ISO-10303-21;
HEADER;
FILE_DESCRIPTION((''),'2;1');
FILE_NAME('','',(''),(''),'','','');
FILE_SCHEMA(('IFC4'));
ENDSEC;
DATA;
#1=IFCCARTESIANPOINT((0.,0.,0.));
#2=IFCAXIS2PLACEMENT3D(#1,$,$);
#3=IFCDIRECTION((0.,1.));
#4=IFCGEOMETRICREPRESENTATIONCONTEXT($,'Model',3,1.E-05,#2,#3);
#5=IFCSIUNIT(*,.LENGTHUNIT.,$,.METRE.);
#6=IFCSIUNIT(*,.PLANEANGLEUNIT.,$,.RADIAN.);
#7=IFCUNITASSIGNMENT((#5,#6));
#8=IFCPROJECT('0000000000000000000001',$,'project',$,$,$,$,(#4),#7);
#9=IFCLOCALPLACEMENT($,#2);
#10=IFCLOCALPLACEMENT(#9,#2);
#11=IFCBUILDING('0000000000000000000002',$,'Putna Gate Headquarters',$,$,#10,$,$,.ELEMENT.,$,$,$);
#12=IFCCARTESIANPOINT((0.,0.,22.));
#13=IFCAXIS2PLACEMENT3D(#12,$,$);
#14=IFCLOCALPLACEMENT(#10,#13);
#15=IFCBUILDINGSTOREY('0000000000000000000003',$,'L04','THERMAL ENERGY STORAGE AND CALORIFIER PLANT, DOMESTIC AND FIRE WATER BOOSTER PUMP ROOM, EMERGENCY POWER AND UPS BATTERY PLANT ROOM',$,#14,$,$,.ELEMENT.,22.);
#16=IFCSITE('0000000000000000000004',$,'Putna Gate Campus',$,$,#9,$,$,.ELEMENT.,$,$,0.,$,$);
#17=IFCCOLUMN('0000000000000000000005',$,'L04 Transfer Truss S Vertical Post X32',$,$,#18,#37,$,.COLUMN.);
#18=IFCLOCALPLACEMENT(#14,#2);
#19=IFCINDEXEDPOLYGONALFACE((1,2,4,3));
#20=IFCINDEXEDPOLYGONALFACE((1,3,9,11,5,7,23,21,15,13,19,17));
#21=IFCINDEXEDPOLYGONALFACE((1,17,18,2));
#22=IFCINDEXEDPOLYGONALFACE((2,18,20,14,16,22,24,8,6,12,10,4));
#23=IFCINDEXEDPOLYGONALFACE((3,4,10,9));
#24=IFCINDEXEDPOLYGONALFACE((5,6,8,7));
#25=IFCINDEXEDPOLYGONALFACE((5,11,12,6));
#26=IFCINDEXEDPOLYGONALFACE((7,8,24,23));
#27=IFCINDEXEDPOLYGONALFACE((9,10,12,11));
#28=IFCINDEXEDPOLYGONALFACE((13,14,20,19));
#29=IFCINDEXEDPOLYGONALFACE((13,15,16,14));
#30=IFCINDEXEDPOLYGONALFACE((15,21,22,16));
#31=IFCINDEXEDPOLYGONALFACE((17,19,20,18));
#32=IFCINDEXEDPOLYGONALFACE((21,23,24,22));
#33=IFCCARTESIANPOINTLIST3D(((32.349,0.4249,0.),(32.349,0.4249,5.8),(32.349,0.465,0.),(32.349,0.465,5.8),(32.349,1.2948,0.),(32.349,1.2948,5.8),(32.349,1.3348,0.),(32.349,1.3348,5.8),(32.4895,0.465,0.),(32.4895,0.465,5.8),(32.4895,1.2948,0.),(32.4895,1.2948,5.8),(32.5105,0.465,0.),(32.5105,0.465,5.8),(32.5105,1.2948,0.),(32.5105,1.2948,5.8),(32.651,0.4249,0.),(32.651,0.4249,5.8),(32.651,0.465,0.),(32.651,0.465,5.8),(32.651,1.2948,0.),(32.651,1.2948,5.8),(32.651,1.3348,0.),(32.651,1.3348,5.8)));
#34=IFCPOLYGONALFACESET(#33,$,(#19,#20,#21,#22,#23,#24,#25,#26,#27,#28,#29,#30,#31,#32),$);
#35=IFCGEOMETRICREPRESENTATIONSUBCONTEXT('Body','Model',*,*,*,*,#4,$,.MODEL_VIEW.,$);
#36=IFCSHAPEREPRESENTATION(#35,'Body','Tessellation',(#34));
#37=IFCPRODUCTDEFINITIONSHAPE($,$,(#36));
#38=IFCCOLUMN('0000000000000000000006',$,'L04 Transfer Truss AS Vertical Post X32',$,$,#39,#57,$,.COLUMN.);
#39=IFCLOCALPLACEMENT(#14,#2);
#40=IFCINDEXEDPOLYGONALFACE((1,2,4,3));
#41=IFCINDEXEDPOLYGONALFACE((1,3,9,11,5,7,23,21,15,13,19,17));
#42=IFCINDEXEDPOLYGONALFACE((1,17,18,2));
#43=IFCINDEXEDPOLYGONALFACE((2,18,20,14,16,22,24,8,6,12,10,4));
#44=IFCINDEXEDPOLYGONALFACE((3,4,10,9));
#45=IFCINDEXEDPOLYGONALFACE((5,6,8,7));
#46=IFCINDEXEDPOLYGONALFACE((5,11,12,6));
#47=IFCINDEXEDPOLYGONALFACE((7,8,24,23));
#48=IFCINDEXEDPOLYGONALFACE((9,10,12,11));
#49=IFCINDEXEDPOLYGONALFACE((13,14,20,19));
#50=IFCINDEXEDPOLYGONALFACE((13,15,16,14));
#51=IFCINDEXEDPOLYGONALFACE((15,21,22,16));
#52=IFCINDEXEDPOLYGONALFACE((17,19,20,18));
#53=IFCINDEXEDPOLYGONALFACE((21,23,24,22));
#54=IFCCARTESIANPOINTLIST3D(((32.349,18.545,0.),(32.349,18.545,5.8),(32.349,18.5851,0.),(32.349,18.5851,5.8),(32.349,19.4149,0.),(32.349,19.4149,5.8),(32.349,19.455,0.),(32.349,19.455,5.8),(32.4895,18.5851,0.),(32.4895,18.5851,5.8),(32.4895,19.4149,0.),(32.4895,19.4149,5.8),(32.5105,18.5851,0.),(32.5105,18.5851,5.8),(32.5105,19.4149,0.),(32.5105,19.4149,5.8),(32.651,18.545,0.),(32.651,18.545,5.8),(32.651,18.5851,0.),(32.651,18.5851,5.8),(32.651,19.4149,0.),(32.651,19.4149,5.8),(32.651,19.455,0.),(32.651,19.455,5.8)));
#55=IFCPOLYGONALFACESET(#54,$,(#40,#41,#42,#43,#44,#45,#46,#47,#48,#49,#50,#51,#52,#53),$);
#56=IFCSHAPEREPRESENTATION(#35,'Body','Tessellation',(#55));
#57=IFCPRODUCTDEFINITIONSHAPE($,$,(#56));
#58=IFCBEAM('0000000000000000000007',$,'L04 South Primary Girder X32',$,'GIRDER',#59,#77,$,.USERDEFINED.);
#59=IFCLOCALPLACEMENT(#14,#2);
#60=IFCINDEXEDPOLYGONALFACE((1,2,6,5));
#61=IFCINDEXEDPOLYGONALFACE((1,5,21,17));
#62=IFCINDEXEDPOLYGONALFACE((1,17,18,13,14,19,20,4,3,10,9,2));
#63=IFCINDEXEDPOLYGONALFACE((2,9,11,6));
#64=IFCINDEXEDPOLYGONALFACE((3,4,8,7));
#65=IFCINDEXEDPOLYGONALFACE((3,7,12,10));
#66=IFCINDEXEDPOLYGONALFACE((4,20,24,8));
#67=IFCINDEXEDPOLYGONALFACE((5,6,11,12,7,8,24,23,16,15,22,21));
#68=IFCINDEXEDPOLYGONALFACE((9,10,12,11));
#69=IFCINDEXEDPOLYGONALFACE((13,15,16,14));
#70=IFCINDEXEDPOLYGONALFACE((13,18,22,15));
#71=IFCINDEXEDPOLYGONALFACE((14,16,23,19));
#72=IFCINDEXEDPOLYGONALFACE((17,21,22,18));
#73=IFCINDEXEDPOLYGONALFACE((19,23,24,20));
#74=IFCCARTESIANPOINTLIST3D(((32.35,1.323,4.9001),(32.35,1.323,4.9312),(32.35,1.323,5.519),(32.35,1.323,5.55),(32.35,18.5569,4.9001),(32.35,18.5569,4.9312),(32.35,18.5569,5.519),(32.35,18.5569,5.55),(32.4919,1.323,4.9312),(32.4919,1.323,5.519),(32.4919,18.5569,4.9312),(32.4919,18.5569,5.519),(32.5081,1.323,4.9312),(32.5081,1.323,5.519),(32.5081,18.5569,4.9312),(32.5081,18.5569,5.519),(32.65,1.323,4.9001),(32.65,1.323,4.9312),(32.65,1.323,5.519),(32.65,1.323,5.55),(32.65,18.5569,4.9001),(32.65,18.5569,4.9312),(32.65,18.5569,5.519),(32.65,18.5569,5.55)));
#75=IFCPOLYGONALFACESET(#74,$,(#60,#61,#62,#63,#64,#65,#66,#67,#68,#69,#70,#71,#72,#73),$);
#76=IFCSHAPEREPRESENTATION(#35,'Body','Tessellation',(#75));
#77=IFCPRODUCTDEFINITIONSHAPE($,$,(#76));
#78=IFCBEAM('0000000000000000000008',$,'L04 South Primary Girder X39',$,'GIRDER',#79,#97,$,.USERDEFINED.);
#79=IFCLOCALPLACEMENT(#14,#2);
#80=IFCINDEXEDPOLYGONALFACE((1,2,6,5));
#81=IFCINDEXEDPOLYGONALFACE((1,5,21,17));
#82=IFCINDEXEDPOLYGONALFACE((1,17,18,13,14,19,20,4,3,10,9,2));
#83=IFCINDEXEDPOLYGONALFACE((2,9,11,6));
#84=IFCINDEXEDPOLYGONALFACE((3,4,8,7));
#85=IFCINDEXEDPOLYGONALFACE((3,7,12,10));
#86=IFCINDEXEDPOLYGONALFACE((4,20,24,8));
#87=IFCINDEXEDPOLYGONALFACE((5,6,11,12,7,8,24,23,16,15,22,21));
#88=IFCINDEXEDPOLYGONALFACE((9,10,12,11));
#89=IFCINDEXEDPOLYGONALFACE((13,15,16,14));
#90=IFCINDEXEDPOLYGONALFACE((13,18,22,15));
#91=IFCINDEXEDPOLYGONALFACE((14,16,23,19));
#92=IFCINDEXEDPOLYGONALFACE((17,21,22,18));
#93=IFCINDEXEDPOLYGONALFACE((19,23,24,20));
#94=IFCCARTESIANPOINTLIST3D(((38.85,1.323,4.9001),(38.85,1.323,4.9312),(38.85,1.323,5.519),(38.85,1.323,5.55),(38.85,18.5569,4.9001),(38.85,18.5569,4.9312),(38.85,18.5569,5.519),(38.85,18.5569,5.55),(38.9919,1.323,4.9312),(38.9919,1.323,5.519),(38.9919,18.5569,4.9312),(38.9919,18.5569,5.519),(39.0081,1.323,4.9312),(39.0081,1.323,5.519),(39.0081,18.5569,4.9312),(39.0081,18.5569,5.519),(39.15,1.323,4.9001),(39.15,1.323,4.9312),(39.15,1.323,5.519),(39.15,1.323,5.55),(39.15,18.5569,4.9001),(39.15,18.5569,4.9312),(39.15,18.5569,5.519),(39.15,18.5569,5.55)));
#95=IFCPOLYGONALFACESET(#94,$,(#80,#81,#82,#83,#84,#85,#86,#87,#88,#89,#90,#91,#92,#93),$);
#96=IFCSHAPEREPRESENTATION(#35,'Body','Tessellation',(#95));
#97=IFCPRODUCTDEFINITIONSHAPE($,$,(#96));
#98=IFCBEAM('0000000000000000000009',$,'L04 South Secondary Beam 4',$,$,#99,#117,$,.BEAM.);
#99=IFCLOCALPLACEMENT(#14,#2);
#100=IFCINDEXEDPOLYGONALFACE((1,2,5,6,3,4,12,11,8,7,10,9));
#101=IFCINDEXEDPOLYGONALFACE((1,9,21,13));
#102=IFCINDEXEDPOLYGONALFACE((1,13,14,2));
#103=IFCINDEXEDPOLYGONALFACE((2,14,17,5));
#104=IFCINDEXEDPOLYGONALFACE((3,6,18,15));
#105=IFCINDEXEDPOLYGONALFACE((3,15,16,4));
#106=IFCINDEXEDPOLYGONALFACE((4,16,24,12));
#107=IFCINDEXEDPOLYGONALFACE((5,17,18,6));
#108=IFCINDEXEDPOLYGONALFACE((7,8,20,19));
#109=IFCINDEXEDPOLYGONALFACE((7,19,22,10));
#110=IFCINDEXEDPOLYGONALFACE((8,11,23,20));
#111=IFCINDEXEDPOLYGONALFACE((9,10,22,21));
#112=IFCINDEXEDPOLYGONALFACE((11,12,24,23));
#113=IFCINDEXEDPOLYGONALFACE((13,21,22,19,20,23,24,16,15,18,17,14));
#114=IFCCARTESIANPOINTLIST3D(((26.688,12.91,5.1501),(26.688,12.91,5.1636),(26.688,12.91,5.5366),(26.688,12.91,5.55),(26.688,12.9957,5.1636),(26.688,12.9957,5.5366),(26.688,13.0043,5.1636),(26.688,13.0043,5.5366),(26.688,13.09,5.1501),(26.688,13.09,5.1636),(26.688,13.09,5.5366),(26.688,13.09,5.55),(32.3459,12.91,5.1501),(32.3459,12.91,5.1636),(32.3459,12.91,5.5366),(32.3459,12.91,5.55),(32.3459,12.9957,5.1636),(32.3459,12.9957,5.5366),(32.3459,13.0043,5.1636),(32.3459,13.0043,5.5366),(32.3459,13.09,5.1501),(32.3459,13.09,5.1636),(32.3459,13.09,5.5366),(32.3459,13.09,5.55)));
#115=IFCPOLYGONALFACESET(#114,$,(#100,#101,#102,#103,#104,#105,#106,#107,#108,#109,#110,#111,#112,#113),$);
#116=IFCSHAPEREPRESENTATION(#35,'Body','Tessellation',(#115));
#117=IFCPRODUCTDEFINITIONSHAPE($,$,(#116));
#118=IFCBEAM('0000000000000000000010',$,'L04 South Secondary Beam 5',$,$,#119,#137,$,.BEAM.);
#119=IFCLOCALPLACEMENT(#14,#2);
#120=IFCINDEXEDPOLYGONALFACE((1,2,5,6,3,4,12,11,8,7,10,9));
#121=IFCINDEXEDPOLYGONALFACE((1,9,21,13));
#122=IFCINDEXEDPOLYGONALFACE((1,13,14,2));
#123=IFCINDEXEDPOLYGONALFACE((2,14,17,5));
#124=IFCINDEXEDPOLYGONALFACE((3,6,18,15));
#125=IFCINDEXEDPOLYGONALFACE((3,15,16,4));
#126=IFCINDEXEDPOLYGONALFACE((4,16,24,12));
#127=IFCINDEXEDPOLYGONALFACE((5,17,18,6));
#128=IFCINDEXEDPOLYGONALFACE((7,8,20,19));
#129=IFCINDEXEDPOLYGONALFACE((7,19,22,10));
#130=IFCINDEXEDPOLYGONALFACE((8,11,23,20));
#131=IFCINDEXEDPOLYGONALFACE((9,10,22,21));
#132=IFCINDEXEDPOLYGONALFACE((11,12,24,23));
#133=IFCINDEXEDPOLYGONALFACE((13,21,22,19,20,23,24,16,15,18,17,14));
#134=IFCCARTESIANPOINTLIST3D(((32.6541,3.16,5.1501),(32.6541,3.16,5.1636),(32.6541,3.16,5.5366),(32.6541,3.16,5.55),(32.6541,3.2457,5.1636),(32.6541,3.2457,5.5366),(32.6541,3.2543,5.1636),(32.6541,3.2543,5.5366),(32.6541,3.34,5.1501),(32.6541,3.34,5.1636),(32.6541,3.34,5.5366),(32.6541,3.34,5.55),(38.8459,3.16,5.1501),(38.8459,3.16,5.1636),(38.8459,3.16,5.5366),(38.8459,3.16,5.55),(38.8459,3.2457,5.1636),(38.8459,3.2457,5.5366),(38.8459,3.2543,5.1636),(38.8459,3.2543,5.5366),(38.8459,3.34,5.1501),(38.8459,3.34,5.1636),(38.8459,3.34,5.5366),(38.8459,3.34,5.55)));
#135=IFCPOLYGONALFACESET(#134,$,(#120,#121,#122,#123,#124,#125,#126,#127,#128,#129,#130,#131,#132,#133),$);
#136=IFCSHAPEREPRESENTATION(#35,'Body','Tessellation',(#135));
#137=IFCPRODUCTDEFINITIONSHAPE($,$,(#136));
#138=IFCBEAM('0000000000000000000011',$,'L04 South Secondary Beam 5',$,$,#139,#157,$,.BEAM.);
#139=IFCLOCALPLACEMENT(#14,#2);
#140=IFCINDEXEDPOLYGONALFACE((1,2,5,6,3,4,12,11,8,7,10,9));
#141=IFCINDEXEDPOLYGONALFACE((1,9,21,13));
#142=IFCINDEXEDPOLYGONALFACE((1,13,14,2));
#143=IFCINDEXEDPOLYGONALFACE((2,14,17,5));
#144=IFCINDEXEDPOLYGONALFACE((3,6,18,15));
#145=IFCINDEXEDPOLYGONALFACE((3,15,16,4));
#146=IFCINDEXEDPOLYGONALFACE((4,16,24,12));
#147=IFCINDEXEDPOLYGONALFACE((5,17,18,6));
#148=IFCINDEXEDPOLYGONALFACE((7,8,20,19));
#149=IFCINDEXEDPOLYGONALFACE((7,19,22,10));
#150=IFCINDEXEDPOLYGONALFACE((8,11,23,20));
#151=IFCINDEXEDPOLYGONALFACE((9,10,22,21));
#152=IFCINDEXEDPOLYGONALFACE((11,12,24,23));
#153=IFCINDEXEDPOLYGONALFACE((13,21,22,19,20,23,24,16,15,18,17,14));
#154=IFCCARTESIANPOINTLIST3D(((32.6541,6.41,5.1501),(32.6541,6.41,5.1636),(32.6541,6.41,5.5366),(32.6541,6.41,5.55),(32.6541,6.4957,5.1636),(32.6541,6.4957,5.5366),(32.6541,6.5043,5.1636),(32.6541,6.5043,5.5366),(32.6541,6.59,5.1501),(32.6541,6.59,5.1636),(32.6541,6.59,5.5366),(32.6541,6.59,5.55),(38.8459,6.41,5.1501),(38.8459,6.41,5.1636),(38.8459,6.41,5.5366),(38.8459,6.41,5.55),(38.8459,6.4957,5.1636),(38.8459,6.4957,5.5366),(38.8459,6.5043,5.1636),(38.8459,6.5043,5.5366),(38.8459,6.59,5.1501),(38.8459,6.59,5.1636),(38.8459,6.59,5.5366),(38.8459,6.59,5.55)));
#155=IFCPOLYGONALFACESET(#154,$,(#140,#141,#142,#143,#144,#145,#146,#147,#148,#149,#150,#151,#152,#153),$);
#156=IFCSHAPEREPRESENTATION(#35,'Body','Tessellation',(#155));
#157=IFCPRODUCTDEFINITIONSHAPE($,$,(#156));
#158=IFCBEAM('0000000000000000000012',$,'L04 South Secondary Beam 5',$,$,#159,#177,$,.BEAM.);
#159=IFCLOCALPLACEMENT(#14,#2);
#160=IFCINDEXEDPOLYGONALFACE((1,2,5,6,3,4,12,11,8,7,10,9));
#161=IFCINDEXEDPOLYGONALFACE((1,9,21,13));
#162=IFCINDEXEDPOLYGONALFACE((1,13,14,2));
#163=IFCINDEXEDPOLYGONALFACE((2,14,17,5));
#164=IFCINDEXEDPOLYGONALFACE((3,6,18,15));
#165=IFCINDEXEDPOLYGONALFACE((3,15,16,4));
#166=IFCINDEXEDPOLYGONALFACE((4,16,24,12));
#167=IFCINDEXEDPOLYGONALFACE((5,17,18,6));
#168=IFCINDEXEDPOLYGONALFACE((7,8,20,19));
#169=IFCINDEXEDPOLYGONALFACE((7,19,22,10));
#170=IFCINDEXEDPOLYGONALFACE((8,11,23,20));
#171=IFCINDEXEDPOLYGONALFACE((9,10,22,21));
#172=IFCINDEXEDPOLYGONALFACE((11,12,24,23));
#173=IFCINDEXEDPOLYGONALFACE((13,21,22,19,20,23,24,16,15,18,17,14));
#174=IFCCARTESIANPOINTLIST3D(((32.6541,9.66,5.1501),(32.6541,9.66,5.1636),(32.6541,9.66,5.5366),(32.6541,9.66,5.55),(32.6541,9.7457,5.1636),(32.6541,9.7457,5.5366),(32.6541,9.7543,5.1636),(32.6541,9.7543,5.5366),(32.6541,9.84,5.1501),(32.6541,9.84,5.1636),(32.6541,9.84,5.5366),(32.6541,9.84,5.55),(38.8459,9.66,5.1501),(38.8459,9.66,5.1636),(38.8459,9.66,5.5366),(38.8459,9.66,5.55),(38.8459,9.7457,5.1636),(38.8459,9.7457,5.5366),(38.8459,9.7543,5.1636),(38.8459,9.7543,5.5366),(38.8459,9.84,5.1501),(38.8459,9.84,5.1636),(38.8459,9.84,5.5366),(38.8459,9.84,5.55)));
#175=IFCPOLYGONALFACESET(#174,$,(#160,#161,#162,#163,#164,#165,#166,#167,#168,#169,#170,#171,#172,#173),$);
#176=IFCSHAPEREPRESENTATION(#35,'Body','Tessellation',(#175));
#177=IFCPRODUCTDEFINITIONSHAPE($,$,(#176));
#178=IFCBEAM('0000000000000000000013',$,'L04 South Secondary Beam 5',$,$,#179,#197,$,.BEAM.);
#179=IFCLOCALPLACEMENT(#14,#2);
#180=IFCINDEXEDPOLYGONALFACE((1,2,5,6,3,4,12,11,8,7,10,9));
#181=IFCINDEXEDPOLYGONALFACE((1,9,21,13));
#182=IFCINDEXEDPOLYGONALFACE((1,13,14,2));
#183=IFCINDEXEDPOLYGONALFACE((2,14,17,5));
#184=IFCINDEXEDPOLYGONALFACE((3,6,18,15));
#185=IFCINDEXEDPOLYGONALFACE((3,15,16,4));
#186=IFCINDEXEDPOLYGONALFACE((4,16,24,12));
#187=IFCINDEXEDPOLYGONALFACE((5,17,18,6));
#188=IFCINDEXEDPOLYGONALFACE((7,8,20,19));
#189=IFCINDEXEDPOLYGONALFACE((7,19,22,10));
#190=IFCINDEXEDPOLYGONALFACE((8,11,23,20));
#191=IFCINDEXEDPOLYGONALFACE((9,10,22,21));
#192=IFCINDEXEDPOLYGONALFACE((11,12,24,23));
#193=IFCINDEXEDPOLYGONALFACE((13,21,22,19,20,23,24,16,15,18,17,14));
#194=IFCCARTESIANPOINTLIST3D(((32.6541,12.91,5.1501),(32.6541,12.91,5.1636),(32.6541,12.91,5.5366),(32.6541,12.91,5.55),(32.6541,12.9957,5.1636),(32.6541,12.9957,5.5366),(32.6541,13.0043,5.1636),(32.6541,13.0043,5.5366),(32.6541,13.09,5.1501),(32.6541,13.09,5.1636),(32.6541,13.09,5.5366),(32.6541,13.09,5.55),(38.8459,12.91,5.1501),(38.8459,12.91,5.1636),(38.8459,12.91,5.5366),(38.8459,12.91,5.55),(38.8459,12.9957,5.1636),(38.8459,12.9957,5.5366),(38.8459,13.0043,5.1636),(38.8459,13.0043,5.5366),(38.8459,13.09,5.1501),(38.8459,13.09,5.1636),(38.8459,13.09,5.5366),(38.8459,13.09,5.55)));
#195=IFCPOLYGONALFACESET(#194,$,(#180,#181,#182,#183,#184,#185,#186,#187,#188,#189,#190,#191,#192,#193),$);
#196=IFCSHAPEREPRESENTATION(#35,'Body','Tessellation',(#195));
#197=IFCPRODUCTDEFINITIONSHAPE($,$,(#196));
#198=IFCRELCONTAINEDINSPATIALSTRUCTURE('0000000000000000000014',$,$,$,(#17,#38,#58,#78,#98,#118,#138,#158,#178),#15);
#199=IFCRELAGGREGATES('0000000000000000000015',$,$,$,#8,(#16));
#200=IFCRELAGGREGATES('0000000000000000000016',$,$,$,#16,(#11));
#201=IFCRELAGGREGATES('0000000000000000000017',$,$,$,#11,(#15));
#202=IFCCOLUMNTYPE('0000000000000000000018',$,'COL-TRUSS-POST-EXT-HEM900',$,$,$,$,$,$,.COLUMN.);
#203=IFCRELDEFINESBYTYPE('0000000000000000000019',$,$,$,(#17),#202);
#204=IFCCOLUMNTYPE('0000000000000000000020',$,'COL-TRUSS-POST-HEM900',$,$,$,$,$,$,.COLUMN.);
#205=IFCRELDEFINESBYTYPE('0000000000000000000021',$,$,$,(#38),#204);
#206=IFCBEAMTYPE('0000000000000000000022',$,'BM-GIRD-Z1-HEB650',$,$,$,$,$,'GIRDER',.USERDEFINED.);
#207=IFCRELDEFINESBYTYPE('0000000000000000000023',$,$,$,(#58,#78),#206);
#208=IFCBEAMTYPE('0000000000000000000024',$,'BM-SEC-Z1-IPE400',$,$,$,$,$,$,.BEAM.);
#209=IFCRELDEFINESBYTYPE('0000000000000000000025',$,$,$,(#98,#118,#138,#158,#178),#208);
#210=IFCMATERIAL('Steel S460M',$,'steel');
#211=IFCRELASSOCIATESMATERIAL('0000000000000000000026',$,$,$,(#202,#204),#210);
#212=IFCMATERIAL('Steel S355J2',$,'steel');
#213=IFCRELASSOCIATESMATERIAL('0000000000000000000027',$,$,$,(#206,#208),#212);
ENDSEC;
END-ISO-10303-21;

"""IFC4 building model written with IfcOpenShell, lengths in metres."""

from ifc_helpers import new_model, si_unit, direction, frame, origin, origin_2d, place, context, subcontext, project, spatial, i_section, extrude, material, material_profile, profile_set, type_object, element, save


model = new_model("IFC4")

# Units and contexts
model_context = context("Model", 3, precision=1e-05, world=origin(), true_north=direction((0.0, 1.0)))
body_context = subcontext(model_context, "Body", "Model", "MODEL_VIEW")
ifc_project = project(units=[si_unit("LENGTHUNIT", "METRE"), si_unit("PLANEANGLEUNIT", "RADIAN")], contexts=[model_context])

# Site, building, storey
site_placement = place(None, origin())
site = spatial("IfcSite", under=ifc_project, at=site_placement, Name="Putna Gate Campus", CompositionType="ELEMENT", RefElevation=0.0)
building_placement = place(site_placement, origin())
building = spatial("IfcBuilding", under=site, at=building_placement, Name="Putna Gate Headquarters", CompositionType="ELEMENT")
storey_placement = place(building_placement, frame((0.0, 0.0, 22.0)))
storey = spatial("IfcBuildingStorey", under=building, at=storey_placement, Name="L04", Description="THERMAL ENERGY STORAGE AND CALORIFIER PLANT, DOMESTIC AND FIRE WATER BOOSTER PUMP ROOM, EMERGENCY POWER AND UPS BATTERY PLANT ROOM", CompositionType="ELEMENT", Elevation=22.0)

# Columns
ifc_material_1 = material(Name="Steel S460M", Category="steel")
ifc_material_profile_1 = material_profile(ifc_material_1, i_section(OverallWidth=0.302, OverallDepth=0.9099, WebThickness=0.021, FlangeThickness=0.04, at=origin_2d()), Name="Steel S460M")
ifc_profile_set_1 = profile_set([ifc_material_profile_1], Name="Steel S460M")
column_type_1 = type_object("IfcColumnType", Name="COL-TRUSS-POST-EXT-HEM900", PredefinedType="COLUMN", material=ifc_profile_set_1)
column_1_placement = place(storey_placement, frame((32.5, 0.8799, 0.0), z_axis=(0.0, 0.0, 1.0), x_axis=(1.0, 0.0, 0.0)))
element("IfcColumn", 1, at=column_1_placement, inside=storey, type_object=column_type_1, Name="L04 Transfer Truss S Vertical Post X32", PredefinedType="COLUMN", context=body_context, shape_type="SweptSolid", body=[
    extrude(i_section(OverallWidth=0.302, OverallDepth=0.9099, WebThickness=0.021, FlangeThickness=0.04, at=origin_2d()), origin(), (0.0, 0.0, 1.0), 5.8),
])
ifc_material_profile_2 = material_profile(ifc_material_1, i_section(OverallWidth=0.302, OverallDepth=0.9099, WebThickness=0.021, FlangeThickness=0.04, at=origin_2d()), Name="Steel S460M")
ifc_profile_set_2 = profile_set([ifc_material_profile_2], Name="Steel S460M")
column_type_2 = type_object("IfcColumnType", Name="COL-TRUSS-POST-HEM900", PredefinedType="COLUMN", material=ifc_profile_set_2)
column_2_placement = place(storey_placement, frame((32.5, 19.0, 0.0), z_axis=(0.0, 0.0, 1.0), x_axis=(1.0, 0.0, 0.0)))
element("IfcColumn", 2, at=column_2_placement, inside=storey, type_object=column_type_2, Name="L04 Transfer Truss AS Vertical Post X32", PredefinedType="COLUMN", context=body_context, shape_type="SweptSolid", body=[
    extrude(i_section(OverallWidth=0.302, OverallDepth=0.9099, WebThickness=0.021, FlangeThickness=0.04, at=origin_2d()), origin(), (0.0, 0.0, 1.0), 5.8),
])

# Beams
ifc_material_2 = material(Name="Steel S355J2", Category="steel")
ifc_material_profile_3 = material_profile(ifc_material_2, i_section(OverallWidth=0.3, OverallDepth=0.6499, WebThickness=0.0161, FlangeThickness=0.031, at=origin_2d()), Name="Steel S355J2")
ifc_profile_set_3 = profile_set([ifc_material_profile_3], Name="Steel S355J2")
beam_type_1 = type_object("IfcBeamType", Name="BM-GIRD-Z1-HEB650", ElementType="GIRDER", PredefinedType="USERDEFINED", material=ifc_profile_set_3)
for number, where, z_axis, x_axis, name in (
    (3, (32.5, 1.323, 5.2251), (0.0, 1.0, 0.0), (-1.0, 0.0, 0.0), "L04 South Primary Girder X32"),
    (4, (39.0, 1.323, 5.2251), (0.0, 1.0, 0.0), (-1.0, 0.0, 0.0), "L04 South Primary Girder X39"),
):
    element("IfcBeam", number, at=place(storey_placement, frame(where, z_axis=z_axis, x_axis=x_axis)), inside=storey, type_object=beam_type_1, Name=name, ObjectType="GIRDER", PredefinedType="USERDEFINED", context=body_context, shape_type="SweptSolid", body=[
        extrude(i_section(OverallWidth=0.3, OverallDepth=0.6499, WebThickness=0.0161, FlangeThickness=0.031, at=origin_2d()), origin(), (0.0, 0.0, 1.0), 17.2339),
    ])
ifc_material_profile_4 = material_profile(ifc_material_2, i_section(OverallWidth=0.1799, OverallDepth=0.3999, WebThickness=0.0085, FlangeThickness=0.0134, at=origin_2d()), Name="Steel S355J2")
ifc_profile_set_4 = profile_set([ifc_material_profile_4], Name="Steel S355J2")
beam_type_2 = type_object("IfcBeamType", Name="BM-SEC-Z1-IPE400", PredefinedType="BEAM", material=ifc_profile_set_4)
beam_1_placement = place(storey_placement, frame((26.688, 13.0, 5.3501), z_axis=(1.0, 0.0, 0.0), x_axis=(0.0, 1.0, 0.0)))
element("IfcBeam", 5, at=beam_1_placement, inside=storey, type_object=beam_type_2, Name="L04 South Secondary Beam 4", PredefinedType="BEAM", context=body_context, shape_type="SweptSolid", body=[
    extrude(i_section(OverallWidth=0.1799, OverallDepth=0.3999, WebThickness=0.0085, FlangeThickness=0.0134, at=origin_2d()), origin(), (0.0, 0.0, 1.0), 5.658),
])
for number, where, z_axis, x_axis, name in (
    (6, (32.6541, 3.25, 5.3501), (1.0, 0.0, 0.0), (0.0, 1.0, 0.0), "L04 South Secondary Beam 5"),
    (7, (32.6541, 6.5, 5.3501), (1.0, 0.0, 0.0), (0.0, 1.0, 0.0), "L04 South Secondary Beam 5"),
    (8, (32.6541, 9.75, 5.3501), (1.0, 0.0, 0.0), (0.0, 1.0, 0.0), "L04 South Secondary Beam 5"),
    (9, (32.6541, 13.0, 5.3501), (1.0, 0.0, 0.0), (0.0, 1.0, 0.0), "L04 South Secondary Beam 5"),
):
    element("IfcBeam", number, at=place(storey_placement, frame(where, z_axis=z_axis, x_axis=x_axis)), inside=storey, type_object=beam_type_2, Name=name, PredefinedType="BEAM", context=body_context, shape_type="SweptSolid", body=[
        extrude(i_section(OverallWidth=0.1799, OverallDepth=0.3999, WebThickness=0.0085, FlangeThickness=0.0134, at=origin_2d()), origin(), (0.0, 0.0, 1.0), 6.1919),
    ])

save(model, "model.ifc")
